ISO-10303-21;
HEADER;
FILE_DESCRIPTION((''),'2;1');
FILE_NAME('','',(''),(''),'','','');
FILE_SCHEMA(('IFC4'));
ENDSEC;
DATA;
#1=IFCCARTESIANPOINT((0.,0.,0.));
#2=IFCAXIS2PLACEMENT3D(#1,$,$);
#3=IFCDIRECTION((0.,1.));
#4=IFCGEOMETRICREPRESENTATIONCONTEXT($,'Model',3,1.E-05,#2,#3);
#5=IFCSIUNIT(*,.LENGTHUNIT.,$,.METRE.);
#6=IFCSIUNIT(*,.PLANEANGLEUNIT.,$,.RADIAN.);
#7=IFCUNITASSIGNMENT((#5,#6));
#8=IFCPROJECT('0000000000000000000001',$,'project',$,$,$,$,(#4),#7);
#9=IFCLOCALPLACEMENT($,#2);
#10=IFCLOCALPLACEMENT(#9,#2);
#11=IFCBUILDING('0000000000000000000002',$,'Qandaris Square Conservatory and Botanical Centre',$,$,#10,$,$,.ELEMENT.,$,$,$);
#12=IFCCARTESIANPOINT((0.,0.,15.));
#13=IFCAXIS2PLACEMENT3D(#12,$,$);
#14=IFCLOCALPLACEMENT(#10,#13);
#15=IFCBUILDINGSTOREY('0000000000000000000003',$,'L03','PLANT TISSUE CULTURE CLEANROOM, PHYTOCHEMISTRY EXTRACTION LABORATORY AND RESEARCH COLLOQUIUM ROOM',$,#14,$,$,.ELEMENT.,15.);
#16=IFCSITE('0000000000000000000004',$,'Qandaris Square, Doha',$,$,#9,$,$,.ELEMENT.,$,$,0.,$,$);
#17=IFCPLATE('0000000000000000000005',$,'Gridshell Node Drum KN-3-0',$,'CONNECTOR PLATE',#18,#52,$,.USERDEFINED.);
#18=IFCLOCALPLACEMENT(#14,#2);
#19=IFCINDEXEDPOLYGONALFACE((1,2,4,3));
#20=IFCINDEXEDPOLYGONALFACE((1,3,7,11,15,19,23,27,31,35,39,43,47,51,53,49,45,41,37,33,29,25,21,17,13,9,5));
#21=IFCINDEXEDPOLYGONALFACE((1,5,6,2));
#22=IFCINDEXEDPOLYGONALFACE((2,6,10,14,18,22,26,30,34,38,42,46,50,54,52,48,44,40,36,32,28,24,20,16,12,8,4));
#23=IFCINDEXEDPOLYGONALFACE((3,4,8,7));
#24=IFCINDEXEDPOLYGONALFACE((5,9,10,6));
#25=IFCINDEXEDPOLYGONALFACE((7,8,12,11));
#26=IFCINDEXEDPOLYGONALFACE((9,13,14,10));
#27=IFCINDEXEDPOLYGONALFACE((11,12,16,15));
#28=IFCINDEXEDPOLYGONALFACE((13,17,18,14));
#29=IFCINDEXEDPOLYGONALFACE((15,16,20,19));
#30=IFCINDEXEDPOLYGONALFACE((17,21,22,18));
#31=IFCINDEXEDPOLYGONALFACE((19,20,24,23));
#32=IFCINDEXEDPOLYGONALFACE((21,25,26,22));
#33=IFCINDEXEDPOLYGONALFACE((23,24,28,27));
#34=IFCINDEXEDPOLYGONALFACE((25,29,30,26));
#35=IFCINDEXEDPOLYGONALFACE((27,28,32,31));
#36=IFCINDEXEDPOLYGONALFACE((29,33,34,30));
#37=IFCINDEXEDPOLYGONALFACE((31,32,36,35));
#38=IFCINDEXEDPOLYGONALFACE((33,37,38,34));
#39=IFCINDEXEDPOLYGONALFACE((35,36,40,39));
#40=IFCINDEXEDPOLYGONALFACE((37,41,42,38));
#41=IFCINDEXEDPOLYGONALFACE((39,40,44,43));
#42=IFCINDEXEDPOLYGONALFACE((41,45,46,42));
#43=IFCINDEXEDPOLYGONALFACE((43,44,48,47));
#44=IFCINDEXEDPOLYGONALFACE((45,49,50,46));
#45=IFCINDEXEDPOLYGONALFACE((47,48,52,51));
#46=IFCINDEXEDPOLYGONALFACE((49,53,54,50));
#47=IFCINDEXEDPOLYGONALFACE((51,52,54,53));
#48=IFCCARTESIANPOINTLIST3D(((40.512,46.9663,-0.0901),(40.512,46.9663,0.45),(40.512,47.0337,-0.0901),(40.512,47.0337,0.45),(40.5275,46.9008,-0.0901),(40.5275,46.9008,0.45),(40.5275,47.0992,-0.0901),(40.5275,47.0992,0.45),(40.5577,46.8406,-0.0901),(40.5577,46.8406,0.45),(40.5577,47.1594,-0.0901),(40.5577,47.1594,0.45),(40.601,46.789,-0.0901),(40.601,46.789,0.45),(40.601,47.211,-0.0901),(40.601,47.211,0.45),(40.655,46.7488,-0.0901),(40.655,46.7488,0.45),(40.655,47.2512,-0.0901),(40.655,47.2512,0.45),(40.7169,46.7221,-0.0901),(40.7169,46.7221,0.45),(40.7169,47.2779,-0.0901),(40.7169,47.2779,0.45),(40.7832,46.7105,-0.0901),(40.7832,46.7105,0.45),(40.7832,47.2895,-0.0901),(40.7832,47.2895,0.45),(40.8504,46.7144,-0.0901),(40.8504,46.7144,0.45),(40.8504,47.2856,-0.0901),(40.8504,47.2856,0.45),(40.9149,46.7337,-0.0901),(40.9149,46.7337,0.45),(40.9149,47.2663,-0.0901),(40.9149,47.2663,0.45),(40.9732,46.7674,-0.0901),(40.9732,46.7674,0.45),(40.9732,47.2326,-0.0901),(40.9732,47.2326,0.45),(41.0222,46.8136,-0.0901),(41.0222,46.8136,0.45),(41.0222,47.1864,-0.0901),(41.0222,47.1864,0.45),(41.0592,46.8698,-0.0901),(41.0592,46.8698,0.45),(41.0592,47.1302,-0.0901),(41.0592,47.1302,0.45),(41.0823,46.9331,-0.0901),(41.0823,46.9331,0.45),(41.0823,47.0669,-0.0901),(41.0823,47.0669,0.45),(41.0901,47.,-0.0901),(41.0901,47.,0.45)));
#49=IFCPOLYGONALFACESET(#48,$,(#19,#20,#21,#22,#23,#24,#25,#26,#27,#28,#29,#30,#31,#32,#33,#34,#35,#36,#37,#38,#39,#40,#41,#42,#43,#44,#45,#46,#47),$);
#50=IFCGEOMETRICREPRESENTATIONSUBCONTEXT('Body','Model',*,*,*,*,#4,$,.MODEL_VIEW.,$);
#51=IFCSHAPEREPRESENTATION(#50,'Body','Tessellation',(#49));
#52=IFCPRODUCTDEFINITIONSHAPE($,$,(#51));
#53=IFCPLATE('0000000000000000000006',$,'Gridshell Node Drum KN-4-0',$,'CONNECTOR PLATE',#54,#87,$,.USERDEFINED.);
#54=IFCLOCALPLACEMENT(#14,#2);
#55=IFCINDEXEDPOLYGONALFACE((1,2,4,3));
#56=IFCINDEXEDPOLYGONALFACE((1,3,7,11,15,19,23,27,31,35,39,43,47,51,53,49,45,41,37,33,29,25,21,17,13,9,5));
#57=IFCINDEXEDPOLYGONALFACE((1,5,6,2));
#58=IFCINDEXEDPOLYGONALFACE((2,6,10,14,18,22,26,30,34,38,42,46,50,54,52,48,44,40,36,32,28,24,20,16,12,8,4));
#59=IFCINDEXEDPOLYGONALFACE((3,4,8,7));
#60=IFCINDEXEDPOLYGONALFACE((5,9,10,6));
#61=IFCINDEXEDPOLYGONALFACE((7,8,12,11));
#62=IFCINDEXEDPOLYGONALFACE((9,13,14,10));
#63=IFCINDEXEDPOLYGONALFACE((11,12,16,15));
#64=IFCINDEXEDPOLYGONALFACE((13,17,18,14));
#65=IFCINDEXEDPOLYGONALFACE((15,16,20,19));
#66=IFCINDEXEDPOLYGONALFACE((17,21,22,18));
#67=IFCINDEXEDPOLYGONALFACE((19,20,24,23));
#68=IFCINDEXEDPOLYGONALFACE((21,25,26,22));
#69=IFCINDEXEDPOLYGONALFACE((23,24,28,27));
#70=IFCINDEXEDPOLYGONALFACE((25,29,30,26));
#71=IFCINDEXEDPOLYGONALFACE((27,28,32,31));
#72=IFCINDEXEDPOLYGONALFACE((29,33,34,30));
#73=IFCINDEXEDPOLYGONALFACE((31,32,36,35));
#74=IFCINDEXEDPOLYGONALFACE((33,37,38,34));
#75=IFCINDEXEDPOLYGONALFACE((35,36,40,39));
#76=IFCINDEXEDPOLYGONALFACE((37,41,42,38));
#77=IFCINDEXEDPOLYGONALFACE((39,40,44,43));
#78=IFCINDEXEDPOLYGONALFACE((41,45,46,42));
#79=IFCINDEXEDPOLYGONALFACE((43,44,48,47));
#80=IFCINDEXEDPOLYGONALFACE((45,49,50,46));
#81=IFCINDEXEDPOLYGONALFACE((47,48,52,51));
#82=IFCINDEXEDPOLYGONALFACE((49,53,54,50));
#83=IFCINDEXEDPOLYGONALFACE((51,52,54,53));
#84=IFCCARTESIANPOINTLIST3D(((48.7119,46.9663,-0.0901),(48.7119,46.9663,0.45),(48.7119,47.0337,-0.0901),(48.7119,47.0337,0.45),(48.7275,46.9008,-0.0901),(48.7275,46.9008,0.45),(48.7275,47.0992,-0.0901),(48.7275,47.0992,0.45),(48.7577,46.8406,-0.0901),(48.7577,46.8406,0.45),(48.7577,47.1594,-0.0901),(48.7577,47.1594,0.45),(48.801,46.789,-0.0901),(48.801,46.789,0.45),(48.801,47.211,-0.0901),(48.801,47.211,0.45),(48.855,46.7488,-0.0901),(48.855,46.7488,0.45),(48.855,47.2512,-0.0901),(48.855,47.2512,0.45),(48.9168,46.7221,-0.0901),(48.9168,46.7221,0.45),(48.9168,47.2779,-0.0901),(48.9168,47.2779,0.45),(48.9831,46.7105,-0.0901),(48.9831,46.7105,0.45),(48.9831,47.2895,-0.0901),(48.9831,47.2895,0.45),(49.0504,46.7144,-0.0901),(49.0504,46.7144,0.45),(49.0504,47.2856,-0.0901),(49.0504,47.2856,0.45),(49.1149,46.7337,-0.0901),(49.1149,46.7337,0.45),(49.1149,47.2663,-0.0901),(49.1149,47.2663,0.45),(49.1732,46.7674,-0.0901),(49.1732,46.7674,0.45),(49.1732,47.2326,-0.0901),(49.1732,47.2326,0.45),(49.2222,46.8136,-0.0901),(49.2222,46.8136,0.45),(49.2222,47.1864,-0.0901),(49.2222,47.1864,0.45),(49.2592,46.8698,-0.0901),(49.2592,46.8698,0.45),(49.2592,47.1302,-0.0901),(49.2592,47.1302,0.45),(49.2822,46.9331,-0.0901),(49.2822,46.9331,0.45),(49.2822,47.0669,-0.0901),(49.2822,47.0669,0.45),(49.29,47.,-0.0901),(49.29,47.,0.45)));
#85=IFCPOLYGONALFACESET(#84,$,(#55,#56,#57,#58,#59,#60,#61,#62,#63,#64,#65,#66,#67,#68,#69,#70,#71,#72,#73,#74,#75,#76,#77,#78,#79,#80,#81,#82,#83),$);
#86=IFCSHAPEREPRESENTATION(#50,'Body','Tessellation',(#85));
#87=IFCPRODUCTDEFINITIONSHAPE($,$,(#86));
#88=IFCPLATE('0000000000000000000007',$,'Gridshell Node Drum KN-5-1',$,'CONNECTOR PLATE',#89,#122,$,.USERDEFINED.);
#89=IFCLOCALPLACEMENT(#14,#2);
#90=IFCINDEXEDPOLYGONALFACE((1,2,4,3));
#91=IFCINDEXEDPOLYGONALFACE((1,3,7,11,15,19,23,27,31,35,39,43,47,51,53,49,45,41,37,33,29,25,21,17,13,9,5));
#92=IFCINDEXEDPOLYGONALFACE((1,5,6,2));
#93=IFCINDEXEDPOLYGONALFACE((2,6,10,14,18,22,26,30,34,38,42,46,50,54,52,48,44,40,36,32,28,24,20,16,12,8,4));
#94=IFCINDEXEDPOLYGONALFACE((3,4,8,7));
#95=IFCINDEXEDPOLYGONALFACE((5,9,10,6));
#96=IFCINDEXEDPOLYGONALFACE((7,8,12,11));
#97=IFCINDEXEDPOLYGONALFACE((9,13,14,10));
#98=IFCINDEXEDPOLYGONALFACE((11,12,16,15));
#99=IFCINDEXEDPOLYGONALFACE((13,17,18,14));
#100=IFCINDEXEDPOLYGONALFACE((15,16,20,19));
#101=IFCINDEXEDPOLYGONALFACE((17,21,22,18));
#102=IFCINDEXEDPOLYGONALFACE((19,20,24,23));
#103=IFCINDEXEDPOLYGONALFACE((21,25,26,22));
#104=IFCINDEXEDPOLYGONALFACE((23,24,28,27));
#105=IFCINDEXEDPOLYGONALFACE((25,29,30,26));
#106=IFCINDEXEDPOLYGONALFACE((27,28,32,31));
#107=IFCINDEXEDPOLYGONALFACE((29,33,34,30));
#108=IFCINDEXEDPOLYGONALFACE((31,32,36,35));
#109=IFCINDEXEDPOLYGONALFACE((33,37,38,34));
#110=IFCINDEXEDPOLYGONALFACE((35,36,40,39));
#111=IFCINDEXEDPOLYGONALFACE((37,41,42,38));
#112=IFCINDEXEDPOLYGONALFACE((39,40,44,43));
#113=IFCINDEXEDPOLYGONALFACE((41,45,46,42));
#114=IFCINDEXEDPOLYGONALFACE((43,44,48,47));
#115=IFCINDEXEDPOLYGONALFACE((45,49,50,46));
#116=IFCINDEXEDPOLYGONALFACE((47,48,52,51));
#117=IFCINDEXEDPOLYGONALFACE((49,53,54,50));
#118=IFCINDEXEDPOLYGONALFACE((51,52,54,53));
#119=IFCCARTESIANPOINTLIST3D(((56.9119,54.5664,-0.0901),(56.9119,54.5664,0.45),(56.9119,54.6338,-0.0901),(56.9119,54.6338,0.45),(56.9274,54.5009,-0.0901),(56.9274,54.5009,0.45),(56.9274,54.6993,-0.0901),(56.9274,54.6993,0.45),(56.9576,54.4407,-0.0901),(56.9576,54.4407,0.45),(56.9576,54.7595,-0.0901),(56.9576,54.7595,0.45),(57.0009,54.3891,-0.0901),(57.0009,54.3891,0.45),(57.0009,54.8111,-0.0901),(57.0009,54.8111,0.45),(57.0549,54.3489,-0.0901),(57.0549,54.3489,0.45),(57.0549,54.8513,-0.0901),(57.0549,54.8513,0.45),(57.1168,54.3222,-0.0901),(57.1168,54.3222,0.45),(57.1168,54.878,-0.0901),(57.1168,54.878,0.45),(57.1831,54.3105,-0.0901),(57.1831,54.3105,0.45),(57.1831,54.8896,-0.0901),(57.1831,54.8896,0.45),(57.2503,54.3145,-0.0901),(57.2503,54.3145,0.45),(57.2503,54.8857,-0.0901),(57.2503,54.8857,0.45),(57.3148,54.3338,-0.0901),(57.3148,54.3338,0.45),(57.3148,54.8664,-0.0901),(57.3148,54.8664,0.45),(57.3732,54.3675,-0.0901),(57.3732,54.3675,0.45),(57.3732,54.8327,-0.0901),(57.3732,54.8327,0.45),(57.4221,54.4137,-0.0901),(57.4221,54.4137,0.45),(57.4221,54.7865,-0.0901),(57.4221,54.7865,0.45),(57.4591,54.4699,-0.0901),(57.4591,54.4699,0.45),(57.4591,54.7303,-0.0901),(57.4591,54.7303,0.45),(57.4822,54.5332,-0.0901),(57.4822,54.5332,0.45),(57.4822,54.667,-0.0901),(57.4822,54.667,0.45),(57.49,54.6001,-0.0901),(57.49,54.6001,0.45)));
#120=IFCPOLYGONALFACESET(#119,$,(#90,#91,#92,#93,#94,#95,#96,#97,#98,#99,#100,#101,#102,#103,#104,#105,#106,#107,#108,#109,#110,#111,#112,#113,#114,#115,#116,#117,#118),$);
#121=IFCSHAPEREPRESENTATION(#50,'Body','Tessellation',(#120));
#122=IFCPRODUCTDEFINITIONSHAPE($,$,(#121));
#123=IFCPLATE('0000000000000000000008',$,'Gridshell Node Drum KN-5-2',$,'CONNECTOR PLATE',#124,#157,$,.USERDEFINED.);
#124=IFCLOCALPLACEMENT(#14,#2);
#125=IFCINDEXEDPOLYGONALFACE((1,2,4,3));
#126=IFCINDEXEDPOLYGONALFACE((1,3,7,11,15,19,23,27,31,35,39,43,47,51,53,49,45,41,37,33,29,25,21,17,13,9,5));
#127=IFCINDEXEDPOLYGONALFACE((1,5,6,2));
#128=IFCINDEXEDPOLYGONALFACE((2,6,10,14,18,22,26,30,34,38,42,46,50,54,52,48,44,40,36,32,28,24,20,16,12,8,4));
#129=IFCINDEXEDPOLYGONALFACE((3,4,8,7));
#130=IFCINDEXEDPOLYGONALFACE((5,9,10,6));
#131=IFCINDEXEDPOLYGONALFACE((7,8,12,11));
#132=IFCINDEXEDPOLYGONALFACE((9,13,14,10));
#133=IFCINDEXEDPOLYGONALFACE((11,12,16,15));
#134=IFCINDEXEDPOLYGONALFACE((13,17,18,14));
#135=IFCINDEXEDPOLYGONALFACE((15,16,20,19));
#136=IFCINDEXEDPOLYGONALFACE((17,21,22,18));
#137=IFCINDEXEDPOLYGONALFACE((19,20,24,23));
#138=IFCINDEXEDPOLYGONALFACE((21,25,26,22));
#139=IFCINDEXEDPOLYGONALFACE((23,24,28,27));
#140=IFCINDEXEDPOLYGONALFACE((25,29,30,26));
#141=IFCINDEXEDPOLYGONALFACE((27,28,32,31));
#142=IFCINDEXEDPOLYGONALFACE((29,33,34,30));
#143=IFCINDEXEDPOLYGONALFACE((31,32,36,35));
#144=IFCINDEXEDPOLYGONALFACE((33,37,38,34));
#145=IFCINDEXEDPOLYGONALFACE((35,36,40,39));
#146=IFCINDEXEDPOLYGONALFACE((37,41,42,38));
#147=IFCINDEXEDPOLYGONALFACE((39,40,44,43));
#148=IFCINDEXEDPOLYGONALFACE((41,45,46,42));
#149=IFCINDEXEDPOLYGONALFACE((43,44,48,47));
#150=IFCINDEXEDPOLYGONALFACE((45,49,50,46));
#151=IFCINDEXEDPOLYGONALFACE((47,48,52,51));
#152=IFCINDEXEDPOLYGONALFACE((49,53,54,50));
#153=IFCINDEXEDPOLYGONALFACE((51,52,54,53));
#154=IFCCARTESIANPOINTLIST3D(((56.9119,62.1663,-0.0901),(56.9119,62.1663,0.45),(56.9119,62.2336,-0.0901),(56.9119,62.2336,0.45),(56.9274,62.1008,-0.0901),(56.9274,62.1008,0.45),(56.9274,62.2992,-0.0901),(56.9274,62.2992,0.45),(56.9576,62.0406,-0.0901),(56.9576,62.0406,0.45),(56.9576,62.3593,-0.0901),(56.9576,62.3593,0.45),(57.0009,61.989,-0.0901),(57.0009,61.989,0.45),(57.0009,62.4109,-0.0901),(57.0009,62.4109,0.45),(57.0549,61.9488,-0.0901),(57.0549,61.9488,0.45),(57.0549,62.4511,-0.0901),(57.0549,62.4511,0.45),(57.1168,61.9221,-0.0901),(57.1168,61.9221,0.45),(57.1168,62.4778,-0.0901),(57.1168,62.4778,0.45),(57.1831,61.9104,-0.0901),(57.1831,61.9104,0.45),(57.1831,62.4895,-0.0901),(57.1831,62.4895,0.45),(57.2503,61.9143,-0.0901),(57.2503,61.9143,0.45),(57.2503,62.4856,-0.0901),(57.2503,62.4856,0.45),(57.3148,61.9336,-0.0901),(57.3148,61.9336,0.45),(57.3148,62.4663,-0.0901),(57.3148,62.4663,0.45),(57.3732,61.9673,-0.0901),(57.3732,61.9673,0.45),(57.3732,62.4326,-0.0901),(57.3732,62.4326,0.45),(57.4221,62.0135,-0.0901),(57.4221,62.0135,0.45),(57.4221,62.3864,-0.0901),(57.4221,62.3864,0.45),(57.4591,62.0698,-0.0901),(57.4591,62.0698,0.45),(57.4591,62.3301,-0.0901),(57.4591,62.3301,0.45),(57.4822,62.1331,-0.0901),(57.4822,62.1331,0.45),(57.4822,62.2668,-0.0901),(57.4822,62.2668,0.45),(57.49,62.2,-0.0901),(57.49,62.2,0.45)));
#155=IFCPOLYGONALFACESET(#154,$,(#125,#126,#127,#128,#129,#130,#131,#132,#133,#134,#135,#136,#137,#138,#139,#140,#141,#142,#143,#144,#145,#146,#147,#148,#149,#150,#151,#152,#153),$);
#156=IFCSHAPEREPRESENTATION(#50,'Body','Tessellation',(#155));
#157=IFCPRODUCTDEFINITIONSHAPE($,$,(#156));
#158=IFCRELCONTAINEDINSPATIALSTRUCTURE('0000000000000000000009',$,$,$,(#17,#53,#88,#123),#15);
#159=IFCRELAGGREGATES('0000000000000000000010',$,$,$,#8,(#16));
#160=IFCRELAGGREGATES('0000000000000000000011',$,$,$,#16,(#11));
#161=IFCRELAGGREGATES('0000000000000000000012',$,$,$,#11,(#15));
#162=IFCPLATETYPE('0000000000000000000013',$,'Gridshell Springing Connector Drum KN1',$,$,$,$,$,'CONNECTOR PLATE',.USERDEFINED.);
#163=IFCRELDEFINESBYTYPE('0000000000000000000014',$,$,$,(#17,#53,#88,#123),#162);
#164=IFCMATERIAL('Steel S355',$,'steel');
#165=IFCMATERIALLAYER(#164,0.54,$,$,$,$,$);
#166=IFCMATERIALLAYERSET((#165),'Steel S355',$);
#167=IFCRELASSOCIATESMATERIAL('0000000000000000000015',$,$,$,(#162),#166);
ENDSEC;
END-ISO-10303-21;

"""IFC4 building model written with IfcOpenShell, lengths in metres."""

from ifc_helpers import new_model, si_unit, direction, frame, origin, origin_2d, place, context, subcontext, project, spatial, circle, extrude, material, layer, layer_set, type_object, element, save


model = new_model("IFC4")

# Units and contexts
model_context = context("Model", 3, precision=1e-05, world=origin(), true_north=direction((0.0, 1.0)))
body_context = subcontext(model_context, "Body", "Model", "MODEL_VIEW")
ifc_project = project(units=[si_unit("LENGTHUNIT", "METRE"), si_unit("PLANEANGLEUNIT", "RADIAN")], contexts=[model_context])

# Site, building, storey
site_placement = place(None, origin())
site = spatial("IfcSite", under=ifc_project, at=site_placement, Name="Qandaris Square, Doha", CompositionType="ELEMENT", RefElevation=0.0)
building_placement = place(site_placement, origin())
building = spatial("IfcBuilding", under=site, at=building_placement, Name="Qandaris Square Conservatory and Botanical Centre", CompositionType="ELEMENT")
storey_placement = place(building_placement, frame((0.0, 0.0, 15.0)))
storey = spatial("IfcBuildingStorey", under=building, at=storey_placement, Name="L03", Description="PLANT TISSUE CULTURE CLEANROOM, PHYTOCHEMISTRY EXTRACTION LABORATORY AND RESEARCH COLLOQUIUM ROOM", CompositionType="ELEMENT", Elevation=15.0)

# Shared definitions
ifc_material_1 = material(Name="Steel S355", Category="steel")

# Plates
ifc_layer_1 = layer(ifc_material_1, 0.54)
ifc_layer_set_1 = layer_set([ifc_layer_1], Name="Steel S355")
plate_type_1 = type_object("IfcPlateType", Name="Gridshell Springing Connector Drum KN1", ElementType="CONNECTOR PLATE", PredefinedType="USERDEFINED", material=ifc_layer_set_1)
for number, where, z_axis, x_axis, name in (
    (1, (40.8, 47.0, -0.0901), (0.0, 0.0, 1.0), (1.0, 0.0, 0.0), "Gridshell Node Drum KN-3-0"),
    (2, (49.0, 47.0, -0.0901), (0.0, 0.0, 1.0), (1.0, 0.0, 0.0), "Gridshell Node Drum KN-4-0"),
    (3, (57.2, 54.6001, -0.0901), (0.0, 0.0, 1.0), (1.0, 0.0, 0.0), "Gridshell Node Drum KN-5-1"),
    (4, (57.2, 62.2, -0.0901), (0.0, 0.0, 1.0), (1.0, 0.0, 0.0), "Gridshell Node Drum KN-5-2"),
):
    element("IfcPlate", number, at=place(storey_placement, frame(where, z_axis=z_axis, x_axis=x_axis)), inside=storey, type_object=plate_type_1, Name=name, ObjectType="CONNECTOR PLATE", PredefinedType="USERDEFINED", context=body_context, shape_type="SweptSolid", body=[
        extrude(circle(Radius=0.29, at=origin_2d()), origin(), (0.0, 0.0, 1.0), 0.54),
    ])

save(model, "model.ifc")
